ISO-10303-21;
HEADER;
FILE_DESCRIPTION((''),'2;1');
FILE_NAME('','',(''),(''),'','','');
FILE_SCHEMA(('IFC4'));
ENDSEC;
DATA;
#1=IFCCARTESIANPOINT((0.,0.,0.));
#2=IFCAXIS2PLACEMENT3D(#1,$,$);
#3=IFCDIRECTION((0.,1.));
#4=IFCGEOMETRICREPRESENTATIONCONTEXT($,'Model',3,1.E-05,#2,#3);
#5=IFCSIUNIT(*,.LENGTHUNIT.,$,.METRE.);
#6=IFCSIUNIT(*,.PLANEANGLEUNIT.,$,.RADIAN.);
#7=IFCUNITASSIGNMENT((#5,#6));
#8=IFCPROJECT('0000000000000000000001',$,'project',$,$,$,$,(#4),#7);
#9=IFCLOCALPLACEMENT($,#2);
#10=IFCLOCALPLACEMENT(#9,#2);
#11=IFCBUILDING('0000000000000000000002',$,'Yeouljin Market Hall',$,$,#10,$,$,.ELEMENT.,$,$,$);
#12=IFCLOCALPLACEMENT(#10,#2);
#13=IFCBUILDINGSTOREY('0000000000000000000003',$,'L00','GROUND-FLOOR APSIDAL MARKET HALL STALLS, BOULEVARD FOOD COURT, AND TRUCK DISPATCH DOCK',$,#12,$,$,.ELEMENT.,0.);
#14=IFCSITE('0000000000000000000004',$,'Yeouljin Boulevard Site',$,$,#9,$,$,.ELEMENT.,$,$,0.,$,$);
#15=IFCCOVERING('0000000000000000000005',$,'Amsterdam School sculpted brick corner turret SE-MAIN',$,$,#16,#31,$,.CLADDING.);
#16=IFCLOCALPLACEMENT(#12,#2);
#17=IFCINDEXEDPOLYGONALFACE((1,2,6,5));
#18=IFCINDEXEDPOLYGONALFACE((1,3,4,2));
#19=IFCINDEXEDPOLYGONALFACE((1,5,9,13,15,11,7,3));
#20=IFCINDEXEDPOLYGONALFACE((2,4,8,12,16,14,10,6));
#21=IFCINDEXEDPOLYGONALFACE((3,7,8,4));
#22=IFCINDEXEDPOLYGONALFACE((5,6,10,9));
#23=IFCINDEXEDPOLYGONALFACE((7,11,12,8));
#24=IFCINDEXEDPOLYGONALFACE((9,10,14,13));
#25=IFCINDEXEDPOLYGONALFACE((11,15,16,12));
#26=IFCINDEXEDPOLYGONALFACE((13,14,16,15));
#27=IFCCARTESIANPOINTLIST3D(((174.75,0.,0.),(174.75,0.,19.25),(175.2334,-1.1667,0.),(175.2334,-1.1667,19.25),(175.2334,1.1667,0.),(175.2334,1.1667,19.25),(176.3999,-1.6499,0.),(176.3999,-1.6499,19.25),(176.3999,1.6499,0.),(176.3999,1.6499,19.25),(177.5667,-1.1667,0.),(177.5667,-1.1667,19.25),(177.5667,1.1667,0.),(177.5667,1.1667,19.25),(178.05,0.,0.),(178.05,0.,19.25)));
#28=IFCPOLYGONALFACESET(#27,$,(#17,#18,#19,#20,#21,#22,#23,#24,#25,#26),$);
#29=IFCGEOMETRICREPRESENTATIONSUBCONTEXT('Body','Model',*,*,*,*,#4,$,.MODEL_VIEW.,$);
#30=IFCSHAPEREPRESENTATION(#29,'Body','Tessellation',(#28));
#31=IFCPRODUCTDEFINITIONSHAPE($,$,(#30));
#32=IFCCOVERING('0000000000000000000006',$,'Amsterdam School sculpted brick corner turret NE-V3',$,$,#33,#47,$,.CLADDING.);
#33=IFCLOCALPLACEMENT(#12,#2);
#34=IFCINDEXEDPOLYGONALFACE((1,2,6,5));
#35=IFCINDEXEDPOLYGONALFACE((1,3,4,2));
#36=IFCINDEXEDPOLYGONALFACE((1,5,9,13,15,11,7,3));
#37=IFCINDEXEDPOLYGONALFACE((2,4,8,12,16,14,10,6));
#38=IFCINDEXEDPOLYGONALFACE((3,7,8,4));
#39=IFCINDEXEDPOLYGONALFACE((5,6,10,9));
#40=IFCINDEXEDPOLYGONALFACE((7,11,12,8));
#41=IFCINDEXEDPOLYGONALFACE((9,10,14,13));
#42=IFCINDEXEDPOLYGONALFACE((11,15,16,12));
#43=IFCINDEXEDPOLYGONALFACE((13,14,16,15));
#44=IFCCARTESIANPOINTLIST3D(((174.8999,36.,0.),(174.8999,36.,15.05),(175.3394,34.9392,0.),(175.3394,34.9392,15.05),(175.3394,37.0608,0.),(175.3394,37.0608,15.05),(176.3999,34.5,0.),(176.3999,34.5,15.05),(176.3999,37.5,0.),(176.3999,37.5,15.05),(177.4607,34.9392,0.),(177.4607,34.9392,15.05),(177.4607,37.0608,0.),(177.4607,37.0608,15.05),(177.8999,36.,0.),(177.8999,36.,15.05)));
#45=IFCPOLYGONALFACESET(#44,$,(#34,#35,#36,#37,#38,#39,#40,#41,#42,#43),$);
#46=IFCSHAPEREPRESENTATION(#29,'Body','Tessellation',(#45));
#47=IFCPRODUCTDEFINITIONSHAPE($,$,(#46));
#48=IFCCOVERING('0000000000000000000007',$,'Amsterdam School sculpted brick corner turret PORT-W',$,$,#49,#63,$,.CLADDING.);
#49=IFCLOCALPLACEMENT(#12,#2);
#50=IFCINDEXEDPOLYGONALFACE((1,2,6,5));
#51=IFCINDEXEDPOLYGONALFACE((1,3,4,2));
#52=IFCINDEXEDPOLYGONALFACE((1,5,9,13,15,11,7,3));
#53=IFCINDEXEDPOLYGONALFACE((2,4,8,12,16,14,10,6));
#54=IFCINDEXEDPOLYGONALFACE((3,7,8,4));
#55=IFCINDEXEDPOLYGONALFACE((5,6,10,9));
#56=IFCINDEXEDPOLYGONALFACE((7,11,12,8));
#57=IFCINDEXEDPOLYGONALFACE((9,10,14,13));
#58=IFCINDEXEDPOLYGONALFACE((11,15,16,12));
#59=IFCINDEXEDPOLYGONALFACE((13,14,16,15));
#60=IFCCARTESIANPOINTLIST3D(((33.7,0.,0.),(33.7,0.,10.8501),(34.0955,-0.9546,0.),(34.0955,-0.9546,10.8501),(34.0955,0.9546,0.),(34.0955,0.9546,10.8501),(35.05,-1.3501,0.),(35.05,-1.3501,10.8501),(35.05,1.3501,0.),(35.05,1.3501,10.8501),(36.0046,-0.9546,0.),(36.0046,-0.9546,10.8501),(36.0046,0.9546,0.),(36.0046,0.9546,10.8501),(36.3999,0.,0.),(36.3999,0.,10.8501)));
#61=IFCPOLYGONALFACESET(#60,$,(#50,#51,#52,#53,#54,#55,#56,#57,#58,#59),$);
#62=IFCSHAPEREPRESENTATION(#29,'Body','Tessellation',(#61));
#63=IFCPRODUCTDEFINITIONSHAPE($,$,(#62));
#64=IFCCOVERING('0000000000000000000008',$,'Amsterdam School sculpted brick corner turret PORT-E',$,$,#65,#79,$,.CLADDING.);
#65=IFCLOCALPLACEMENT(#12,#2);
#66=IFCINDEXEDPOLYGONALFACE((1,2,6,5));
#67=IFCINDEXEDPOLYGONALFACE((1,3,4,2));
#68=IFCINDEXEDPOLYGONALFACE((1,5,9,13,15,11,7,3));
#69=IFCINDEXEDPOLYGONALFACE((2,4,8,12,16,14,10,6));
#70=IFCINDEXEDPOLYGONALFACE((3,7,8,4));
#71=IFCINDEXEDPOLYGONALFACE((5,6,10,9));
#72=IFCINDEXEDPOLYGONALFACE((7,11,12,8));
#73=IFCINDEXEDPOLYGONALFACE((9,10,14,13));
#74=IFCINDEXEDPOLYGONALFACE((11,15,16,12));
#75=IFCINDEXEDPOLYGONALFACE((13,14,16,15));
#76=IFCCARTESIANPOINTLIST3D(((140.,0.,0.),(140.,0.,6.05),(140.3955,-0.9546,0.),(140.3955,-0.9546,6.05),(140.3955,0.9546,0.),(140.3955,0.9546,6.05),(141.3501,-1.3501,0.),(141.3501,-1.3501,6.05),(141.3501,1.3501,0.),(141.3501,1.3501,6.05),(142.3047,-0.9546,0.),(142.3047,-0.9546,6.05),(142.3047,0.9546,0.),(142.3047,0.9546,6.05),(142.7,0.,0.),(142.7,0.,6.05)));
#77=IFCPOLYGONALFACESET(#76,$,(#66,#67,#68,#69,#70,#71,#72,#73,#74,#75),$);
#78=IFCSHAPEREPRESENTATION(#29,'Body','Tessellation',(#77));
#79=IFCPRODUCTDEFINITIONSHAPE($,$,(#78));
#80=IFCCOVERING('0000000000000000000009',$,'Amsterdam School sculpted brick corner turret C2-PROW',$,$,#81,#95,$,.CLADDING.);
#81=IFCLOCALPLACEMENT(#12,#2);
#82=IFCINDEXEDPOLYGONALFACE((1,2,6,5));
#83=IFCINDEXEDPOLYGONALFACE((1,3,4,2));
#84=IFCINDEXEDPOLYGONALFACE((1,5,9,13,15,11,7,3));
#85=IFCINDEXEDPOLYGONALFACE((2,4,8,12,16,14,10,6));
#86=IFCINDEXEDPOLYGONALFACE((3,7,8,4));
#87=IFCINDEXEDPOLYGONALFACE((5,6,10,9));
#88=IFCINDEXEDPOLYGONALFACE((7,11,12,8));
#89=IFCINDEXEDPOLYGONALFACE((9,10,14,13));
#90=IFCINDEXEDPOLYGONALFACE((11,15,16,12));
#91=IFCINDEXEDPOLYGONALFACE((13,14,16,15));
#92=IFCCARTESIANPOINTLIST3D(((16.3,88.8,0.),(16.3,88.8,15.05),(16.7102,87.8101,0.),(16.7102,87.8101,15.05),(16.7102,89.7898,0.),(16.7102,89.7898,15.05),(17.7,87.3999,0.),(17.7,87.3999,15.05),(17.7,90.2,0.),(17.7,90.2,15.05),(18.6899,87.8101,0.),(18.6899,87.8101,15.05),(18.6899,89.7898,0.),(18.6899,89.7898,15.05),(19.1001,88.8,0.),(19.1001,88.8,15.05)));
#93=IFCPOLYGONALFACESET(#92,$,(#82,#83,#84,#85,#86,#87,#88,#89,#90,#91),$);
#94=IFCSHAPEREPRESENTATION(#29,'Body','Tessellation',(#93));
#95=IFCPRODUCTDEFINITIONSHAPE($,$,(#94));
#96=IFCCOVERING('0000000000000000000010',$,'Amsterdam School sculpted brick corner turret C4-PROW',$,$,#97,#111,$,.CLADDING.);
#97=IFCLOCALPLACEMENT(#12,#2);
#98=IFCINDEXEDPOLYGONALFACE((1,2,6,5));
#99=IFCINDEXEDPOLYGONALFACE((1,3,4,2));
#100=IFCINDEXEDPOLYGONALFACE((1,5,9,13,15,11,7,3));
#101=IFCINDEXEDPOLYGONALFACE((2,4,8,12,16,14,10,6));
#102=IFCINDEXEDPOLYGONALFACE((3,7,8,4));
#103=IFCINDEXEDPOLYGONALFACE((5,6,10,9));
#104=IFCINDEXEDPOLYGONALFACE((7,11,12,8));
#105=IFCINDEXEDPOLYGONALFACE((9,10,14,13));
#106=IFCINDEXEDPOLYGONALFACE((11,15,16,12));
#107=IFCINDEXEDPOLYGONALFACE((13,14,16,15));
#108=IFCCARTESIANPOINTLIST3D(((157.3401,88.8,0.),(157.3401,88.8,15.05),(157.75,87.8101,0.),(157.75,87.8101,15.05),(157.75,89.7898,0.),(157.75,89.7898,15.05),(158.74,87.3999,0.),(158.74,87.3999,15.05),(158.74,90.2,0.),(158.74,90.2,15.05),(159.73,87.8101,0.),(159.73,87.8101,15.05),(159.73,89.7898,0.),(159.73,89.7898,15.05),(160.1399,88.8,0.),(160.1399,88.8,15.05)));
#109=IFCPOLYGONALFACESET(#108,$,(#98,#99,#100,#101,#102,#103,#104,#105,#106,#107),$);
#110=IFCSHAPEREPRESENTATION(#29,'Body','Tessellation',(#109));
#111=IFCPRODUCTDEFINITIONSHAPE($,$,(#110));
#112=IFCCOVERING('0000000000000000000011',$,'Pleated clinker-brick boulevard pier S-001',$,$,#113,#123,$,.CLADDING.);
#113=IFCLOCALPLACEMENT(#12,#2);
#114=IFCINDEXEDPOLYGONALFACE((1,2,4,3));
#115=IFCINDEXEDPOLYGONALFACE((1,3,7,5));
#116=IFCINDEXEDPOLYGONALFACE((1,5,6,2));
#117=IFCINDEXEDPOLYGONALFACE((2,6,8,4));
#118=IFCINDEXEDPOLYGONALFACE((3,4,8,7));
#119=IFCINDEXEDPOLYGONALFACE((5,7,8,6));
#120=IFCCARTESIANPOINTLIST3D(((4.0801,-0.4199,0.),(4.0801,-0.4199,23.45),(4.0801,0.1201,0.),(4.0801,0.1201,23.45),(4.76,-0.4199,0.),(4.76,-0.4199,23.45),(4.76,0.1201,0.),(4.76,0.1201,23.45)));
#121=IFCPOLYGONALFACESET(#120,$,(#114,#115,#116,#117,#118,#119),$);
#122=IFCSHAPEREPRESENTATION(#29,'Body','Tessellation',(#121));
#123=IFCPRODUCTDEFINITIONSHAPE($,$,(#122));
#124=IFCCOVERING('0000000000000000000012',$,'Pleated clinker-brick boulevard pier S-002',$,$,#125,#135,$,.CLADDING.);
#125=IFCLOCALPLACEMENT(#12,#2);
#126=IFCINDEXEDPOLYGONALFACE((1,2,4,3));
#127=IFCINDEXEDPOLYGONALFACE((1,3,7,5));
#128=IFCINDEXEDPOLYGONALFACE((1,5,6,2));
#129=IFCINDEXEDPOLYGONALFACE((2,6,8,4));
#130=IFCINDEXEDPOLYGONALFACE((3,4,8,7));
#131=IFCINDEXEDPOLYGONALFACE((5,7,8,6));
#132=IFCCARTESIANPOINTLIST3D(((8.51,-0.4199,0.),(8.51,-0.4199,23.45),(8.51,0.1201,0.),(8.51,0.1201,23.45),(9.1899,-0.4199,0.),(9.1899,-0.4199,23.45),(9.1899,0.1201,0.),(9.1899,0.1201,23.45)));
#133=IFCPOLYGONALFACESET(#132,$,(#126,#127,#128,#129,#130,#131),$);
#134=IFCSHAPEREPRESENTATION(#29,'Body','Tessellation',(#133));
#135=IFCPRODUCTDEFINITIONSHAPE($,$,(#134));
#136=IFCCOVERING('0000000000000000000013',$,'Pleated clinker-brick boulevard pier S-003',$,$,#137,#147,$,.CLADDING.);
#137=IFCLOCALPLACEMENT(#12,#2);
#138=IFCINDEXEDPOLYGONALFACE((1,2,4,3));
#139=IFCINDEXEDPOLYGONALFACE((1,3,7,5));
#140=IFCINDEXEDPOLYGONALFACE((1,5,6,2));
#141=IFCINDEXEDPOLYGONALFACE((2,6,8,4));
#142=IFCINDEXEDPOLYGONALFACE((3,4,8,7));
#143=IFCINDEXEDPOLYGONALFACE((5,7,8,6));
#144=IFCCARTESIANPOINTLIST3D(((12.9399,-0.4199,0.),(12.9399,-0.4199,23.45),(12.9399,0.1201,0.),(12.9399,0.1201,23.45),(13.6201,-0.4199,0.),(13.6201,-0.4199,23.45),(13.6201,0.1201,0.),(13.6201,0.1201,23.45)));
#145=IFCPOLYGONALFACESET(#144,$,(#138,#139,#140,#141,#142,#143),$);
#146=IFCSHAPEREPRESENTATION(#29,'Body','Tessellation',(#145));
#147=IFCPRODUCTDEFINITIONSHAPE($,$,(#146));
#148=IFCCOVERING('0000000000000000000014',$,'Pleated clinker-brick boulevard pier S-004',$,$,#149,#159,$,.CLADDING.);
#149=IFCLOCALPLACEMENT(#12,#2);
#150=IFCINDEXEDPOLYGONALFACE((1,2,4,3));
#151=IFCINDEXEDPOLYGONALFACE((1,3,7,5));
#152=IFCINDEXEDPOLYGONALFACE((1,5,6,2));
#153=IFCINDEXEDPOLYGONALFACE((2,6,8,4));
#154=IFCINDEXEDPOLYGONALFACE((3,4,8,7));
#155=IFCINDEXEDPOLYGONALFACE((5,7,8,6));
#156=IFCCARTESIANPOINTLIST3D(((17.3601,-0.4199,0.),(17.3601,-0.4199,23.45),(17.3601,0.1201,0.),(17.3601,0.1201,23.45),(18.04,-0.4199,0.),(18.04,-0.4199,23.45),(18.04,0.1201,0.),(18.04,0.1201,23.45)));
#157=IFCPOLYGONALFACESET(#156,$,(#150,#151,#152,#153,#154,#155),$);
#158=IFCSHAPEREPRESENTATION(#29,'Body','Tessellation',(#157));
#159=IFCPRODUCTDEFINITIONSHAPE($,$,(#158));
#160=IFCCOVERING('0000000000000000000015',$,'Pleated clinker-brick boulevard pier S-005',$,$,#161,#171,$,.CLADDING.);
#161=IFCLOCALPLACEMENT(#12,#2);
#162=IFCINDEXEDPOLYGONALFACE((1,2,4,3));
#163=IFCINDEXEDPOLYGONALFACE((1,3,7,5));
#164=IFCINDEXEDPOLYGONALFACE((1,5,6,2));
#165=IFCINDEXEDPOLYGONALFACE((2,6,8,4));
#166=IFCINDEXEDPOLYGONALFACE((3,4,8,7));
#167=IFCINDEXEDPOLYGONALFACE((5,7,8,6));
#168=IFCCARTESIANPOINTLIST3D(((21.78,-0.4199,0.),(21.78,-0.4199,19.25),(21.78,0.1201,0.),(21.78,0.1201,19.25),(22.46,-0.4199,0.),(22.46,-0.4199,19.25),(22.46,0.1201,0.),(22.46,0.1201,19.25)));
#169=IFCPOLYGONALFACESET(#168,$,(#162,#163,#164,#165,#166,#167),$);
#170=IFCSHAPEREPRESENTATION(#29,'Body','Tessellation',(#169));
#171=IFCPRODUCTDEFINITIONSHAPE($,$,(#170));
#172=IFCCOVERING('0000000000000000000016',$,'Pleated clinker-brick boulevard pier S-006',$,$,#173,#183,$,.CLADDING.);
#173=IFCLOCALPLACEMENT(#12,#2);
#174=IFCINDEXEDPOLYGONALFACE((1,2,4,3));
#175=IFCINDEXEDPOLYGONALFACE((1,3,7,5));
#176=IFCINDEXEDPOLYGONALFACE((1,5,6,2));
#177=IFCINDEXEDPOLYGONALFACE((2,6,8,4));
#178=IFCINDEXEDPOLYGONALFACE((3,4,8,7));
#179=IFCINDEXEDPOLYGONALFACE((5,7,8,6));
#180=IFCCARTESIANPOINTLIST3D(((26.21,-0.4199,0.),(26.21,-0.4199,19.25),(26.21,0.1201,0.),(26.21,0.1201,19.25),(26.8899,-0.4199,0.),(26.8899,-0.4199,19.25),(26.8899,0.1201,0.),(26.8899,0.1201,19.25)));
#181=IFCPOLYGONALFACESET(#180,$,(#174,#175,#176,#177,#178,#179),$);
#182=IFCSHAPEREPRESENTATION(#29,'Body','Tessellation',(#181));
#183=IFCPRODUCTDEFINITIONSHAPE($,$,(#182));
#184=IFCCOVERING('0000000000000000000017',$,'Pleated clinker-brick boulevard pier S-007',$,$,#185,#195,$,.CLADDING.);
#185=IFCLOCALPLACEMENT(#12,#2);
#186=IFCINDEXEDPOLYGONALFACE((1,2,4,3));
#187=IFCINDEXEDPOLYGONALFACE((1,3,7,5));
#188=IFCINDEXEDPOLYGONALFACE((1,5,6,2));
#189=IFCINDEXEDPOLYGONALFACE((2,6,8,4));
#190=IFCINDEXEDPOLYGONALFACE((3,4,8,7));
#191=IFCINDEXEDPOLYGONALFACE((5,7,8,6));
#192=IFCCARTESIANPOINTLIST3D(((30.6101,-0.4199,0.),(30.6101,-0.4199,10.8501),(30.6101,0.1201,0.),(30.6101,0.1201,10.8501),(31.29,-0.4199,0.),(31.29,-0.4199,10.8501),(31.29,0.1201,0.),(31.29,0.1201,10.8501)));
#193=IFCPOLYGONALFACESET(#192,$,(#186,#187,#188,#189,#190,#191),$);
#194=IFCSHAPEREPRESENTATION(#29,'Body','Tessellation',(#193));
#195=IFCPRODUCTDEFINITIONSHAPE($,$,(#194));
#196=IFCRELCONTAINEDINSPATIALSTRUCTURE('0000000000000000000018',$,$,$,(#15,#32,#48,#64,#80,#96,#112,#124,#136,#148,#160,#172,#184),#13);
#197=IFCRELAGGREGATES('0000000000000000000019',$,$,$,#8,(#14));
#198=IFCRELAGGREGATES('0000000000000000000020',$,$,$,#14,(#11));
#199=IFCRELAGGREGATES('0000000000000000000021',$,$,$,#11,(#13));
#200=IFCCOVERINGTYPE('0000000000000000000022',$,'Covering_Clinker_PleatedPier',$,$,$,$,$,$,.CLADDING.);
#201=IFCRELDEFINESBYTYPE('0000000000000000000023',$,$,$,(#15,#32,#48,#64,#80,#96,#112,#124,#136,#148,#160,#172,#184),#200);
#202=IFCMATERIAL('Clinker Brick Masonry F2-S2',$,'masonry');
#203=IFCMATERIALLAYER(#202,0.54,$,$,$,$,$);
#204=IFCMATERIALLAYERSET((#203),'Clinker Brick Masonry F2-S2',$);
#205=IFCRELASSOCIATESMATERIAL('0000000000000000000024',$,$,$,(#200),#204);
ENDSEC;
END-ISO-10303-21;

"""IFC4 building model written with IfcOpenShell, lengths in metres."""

from ifc_helpers import new_model, si_unit, direction, origin, place, context, subcontext, project, spatial, polyline, outline, extrude, material, layer, layer_set, type_object, element, save


model = new_model("IFC4")

# Units and contexts
model_context = context("Model", 3, precision=1e-05, world=origin(), true_north=direction((0.0, 1.0)))
body_context = subcontext(model_context, "Body", "Model", "MODEL_VIEW")
ifc_project = project(units=[si_unit("LENGTHUNIT", "METRE"), si_unit("PLANEANGLEUNIT", "RADIAN")], contexts=[model_context])

# Site, building, storey
site_placement = place(None, origin())
site = spatial("IfcSite", under=ifc_project, at=site_placement, Name="Yeouljin Boulevard Site", CompositionType="ELEMENT", RefElevation=0.0)
building_placement = place(site_placement, origin())
building = spatial("IfcBuilding", under=site, at=building_placement, Name="Yeouljin Market Hall", CompositionType="ELEMENT")
storey_placement = place(building_placement, origin())
storey = spatial("IfcBuildingStorey", under=building, at=storey_placement, Name="L00", Description="GROUND-FLOOR APSIDAL MARKET HALL STALLS, BOULEVARD FOOD COURT, AND TRUCK DISPATCH DOCK", CompositionType="ELEMENT", Elevation=0.0)

# Coverings
ifc_material = material(Name="Clinker Brick Masonry F2-S2", Category="masonry")
ifc_layer = layer(ifc_material, 0.54)
ifc_layer_set = layer_set([ifc_layer], Name="Clinker Brick Masonry F2-S2")
covering_type = type_object("IfcCoveringType", Name="Covering_Clinker_PleatedPier", PredefinedType="CLADDING", material=ifc_layer_set)
covering_1_placement = place(storey_placement, origin())
element("IfcCovering", 1, at=covering_1_placement, inside=storey, type_object=covering_type, Name="Amsterdam School sculpted brick corner turret SE-MAIN", PredefinedType="CLADDING", context=body_context, shape_type="SweptSolid", body=[
    extrude(outline(polyline([(178.05, 0.0), (177.5667, 1.1667), (176.3999, 1.6499), (175.2334, 1.1667), (174.75, 0.0), (175.2334, -1.1667), (176.3999, -1.6499), (177.5667, -1.1667), (178.05, 0.0)])), origin(), (0.0, 0.0, 1.0), 19.25),
])
covering_2_placement = place(storey_placement, origin())
element("IfcCovering", 2, at=covering_2_placement, inside=storey, type_object=covering_type, Name="Amsterdam School sculpted brick corner turret NE-V3", PredefinedType="CLADDING", context=body_context, shape_type="SweptSolid", body=[
    extrude(outline(polyline([(177.8999, 36.0), (177.4607, 37.0608), (176.3999, 37.5), (175.3394, 37.0608), (174.8999, 36.0), (175.3394, 34.9392), (176.3999, 34.5), (177.4607, 34.9392), (177.8999, 36.0)])), origin(), (0.0, 0.0, 1.0), 15.05),
])
covering_3_placement = place(storey_placement, origin())
element("IfcCovering", 3, at=covering_3_placement, inside=storey, type_object=covering_type, Name="Amsterdam School sculpted brick corner turret PORT-W", PredefinedType="CLADDING", context=body_context, shape_type="SweptSolid", body=[
    extrude(outline(polyline([(36.3999, 0.0), (36.0046, 0.9546), (35.05, 1.3501), (34.0955, 0.9546), (33.7, 0.0), (34.0955, -0.9546), (35.05, -1.3501), (36.0046, -0.9546), (36.3999, 0.0)])), origin(), (0.0, 0.0, 1.0), 10.8501),
])
covering_4_placement = place(storey_placement, origin())
element("IfcCovering", 4, at=covering_4_placement, inside=storey, type_object=covering_type, Name="Amsterdam School sculpted brick corner turret PORT-E", PredefinedType="CLADDING", context=body_context, shape_type="SweptSolid", body=[
    extrude(outline(polyline([(142.7, 0.0), (142.3047, 0.9546), (141.3501, 1.3501), (140.3955, 0.9546), (140.0, 0.0), (140.3955, -0.9546), (141.3501, -1.3501), (142.3047, -0.9546), (142.7, 0.0)])), origin(), (0.0, 0.0, 1.0), 6.05),
])
covering_5_placement = place(storey_placement, origin())
element("IfcCovering", 5, at=covering_5_placement, inside=storey, type_object=covering_type, Name="Amsterdam School sculpted brick corner turret C2-PROW", PredefinedType="CLADDING", context=body_context, shape_type="SweptSolid", body=[
    extrude(outline(polyline([(19.1001, 88.8), (18.6899, 89.7898), (17.7, 90.2), (16.7102, 89.7898), (16.3, 88.8), (16.7102, 87.8101), (17.7, 87.3999), (18.6899, 87.8101), (19.1001, 88.8)])), origin(), (0.0, 0.0, 1.0), 15.05),
])
covering_6_placement = place(storey_placement, origin())
element("IfcCovering", 6, at=covering_6_placement, inside=storey, type_object=covering_type, Name="Amsterdam School sculpted brick corner turret C4-PROW", PredefinedType="CLADDING", context=body_context, shape_type="SweptSolid", body=[
    extrude(outline(polyline([(160.1399, 88.8), (159.73, 89.7898), (158.74, 90.2), (157.75, 89.7898), (157.3401, 88.8), (157.75, 87.8101), (158.74, 87.3999), (159.73, 87.8101), (160.1399, 88.8)])), origin(), (0.0, 0.0, 1.0), 15.05),
])
covering_7_placement = place(storey_placement, origin())
element("IfcCovering", 7, at=covering_7_placement, inside=storey, type_object=covering_type, Name="Pleated clinker-brick boulevard pier S-001", PredefinedType="CLADDING", context=body_context, shape_type="SweptSolid", body=[
    extrude(outline(polyline([(4.0801, -0.4199), (4.76, -0.4199), (4.76, 0.1201), (4.0801, 0.1201), (4.0801, -0.4199)])), origin(), (0.0, 0.0, 1.0), 23.45),
])
covering_8_placement = place(storey_placement, origin())
element("IfcCovering", 8, at=covering_8_placement, inside=storey, type_object=covering_type, Name="Pleated clinker-brick boulevard pier S-002", PredefinedType="CLADDING", context=body_context, shape_type="SweptSolid", body=[
    extrude(outline(polyline([(8.51, -0.4199), (9.1899, -0.4199), (9.1899, 0.1201), (8.51, 0.1201), (8.51, -0.4199)])), origin(), (0.0, 0.0, 1.0), 23.45),
])
covering_9_placement = place(storey_placement, origin())
element("IfcCovering", 9, at=covering_9_placement, inside=storey, type_object=covering_type, Name="Pleated clinker-brick boulevard pier S-003", PredefinedType="CLADDING", context=body_context, shape_type="SweptSolid", body=[
    extrude(outline(polyline([(12.9399, -0.4199), (13.6201, -0.4199), (13.6201, 0.1201), (12.9399, 0.1201), (12.9399, -0.4199)])), origin(), (0.0, 0.0, 1.0), 23.45),
])
covering_10_placement = place(storey_placement, origin())
element("IfcCovering", 10, at=covering_10_placement, inside=storey, type_object=covering_type, Name="Pleated clinker-brick boulevard pier S-004", PredefinedType="CLADDING", context=body_context, shape_type="SweptSolid", body=[
    extrude(outline(polyline([(17.3601, -0.4199), (18.04, -0.4199), (18.04, 0.1201), (17.3601, 0.1201), (17.3601, -0.4199)])), origin(), (0.0, 0.0, 1.0), 23.45),
])
covering_11_placement = place(storey_placement, origin())
element("IfcCovering", 11, at=covering_11_placement, inside=storey, type_object=covering_type, Name="Pleated clinker-brick boulevard pier S-005", PredefinedType="CLADDING", context=body_context, shape_type="SweptSolid", body=[
    extrude(outline(polyline([(21.78, -0.4199), (22.46, -0.4199), (22.46, 0.1201), (21.78, 0.1201), (21.78, -0.4199)])), origin(), (0.0, 0.0, 1.0), 19.25),
])
covering_12_placement = place(storey_placement, origin())
element("IfcCovering", 12, at=covering_12_placement, inside=storey, type_object=covering_type, Name="Pleated clinker-brick boulevard pier S-006", PredefinedType="CLADDING", context=body_context, shape_type="SweptSolid", body=[
    extrude(outline(polyline([(26.21, -0.4199), (26.8899, -0.4199), (26.8899, 0.1201), (26.21, 0.1201), (26.21, -0.4199)])), origin(), (0.0, 0.0, 1.0), 19.25),
])
covering_13_placement = place(storey_placement, origin())
element("IfcCovering", 13, at=covering_13_placement, inside=storey, type_object=covering_type, Name="Pleated clinker-brick boulevard pier S-007", PredefinedType="CLADDING", context=body_context, shape_type="SweptSolid", body=[
    extrude(outline(polyline([(30.6101, -0.4199), (31.29, -0.4199), (31.29, 0.1201), (30.6101, 0.1201), (30.6101, -0.4199)])), origin(), (0.0, 0.0, 1.0), 10.8501),
])

save(model, "model.ifc")
